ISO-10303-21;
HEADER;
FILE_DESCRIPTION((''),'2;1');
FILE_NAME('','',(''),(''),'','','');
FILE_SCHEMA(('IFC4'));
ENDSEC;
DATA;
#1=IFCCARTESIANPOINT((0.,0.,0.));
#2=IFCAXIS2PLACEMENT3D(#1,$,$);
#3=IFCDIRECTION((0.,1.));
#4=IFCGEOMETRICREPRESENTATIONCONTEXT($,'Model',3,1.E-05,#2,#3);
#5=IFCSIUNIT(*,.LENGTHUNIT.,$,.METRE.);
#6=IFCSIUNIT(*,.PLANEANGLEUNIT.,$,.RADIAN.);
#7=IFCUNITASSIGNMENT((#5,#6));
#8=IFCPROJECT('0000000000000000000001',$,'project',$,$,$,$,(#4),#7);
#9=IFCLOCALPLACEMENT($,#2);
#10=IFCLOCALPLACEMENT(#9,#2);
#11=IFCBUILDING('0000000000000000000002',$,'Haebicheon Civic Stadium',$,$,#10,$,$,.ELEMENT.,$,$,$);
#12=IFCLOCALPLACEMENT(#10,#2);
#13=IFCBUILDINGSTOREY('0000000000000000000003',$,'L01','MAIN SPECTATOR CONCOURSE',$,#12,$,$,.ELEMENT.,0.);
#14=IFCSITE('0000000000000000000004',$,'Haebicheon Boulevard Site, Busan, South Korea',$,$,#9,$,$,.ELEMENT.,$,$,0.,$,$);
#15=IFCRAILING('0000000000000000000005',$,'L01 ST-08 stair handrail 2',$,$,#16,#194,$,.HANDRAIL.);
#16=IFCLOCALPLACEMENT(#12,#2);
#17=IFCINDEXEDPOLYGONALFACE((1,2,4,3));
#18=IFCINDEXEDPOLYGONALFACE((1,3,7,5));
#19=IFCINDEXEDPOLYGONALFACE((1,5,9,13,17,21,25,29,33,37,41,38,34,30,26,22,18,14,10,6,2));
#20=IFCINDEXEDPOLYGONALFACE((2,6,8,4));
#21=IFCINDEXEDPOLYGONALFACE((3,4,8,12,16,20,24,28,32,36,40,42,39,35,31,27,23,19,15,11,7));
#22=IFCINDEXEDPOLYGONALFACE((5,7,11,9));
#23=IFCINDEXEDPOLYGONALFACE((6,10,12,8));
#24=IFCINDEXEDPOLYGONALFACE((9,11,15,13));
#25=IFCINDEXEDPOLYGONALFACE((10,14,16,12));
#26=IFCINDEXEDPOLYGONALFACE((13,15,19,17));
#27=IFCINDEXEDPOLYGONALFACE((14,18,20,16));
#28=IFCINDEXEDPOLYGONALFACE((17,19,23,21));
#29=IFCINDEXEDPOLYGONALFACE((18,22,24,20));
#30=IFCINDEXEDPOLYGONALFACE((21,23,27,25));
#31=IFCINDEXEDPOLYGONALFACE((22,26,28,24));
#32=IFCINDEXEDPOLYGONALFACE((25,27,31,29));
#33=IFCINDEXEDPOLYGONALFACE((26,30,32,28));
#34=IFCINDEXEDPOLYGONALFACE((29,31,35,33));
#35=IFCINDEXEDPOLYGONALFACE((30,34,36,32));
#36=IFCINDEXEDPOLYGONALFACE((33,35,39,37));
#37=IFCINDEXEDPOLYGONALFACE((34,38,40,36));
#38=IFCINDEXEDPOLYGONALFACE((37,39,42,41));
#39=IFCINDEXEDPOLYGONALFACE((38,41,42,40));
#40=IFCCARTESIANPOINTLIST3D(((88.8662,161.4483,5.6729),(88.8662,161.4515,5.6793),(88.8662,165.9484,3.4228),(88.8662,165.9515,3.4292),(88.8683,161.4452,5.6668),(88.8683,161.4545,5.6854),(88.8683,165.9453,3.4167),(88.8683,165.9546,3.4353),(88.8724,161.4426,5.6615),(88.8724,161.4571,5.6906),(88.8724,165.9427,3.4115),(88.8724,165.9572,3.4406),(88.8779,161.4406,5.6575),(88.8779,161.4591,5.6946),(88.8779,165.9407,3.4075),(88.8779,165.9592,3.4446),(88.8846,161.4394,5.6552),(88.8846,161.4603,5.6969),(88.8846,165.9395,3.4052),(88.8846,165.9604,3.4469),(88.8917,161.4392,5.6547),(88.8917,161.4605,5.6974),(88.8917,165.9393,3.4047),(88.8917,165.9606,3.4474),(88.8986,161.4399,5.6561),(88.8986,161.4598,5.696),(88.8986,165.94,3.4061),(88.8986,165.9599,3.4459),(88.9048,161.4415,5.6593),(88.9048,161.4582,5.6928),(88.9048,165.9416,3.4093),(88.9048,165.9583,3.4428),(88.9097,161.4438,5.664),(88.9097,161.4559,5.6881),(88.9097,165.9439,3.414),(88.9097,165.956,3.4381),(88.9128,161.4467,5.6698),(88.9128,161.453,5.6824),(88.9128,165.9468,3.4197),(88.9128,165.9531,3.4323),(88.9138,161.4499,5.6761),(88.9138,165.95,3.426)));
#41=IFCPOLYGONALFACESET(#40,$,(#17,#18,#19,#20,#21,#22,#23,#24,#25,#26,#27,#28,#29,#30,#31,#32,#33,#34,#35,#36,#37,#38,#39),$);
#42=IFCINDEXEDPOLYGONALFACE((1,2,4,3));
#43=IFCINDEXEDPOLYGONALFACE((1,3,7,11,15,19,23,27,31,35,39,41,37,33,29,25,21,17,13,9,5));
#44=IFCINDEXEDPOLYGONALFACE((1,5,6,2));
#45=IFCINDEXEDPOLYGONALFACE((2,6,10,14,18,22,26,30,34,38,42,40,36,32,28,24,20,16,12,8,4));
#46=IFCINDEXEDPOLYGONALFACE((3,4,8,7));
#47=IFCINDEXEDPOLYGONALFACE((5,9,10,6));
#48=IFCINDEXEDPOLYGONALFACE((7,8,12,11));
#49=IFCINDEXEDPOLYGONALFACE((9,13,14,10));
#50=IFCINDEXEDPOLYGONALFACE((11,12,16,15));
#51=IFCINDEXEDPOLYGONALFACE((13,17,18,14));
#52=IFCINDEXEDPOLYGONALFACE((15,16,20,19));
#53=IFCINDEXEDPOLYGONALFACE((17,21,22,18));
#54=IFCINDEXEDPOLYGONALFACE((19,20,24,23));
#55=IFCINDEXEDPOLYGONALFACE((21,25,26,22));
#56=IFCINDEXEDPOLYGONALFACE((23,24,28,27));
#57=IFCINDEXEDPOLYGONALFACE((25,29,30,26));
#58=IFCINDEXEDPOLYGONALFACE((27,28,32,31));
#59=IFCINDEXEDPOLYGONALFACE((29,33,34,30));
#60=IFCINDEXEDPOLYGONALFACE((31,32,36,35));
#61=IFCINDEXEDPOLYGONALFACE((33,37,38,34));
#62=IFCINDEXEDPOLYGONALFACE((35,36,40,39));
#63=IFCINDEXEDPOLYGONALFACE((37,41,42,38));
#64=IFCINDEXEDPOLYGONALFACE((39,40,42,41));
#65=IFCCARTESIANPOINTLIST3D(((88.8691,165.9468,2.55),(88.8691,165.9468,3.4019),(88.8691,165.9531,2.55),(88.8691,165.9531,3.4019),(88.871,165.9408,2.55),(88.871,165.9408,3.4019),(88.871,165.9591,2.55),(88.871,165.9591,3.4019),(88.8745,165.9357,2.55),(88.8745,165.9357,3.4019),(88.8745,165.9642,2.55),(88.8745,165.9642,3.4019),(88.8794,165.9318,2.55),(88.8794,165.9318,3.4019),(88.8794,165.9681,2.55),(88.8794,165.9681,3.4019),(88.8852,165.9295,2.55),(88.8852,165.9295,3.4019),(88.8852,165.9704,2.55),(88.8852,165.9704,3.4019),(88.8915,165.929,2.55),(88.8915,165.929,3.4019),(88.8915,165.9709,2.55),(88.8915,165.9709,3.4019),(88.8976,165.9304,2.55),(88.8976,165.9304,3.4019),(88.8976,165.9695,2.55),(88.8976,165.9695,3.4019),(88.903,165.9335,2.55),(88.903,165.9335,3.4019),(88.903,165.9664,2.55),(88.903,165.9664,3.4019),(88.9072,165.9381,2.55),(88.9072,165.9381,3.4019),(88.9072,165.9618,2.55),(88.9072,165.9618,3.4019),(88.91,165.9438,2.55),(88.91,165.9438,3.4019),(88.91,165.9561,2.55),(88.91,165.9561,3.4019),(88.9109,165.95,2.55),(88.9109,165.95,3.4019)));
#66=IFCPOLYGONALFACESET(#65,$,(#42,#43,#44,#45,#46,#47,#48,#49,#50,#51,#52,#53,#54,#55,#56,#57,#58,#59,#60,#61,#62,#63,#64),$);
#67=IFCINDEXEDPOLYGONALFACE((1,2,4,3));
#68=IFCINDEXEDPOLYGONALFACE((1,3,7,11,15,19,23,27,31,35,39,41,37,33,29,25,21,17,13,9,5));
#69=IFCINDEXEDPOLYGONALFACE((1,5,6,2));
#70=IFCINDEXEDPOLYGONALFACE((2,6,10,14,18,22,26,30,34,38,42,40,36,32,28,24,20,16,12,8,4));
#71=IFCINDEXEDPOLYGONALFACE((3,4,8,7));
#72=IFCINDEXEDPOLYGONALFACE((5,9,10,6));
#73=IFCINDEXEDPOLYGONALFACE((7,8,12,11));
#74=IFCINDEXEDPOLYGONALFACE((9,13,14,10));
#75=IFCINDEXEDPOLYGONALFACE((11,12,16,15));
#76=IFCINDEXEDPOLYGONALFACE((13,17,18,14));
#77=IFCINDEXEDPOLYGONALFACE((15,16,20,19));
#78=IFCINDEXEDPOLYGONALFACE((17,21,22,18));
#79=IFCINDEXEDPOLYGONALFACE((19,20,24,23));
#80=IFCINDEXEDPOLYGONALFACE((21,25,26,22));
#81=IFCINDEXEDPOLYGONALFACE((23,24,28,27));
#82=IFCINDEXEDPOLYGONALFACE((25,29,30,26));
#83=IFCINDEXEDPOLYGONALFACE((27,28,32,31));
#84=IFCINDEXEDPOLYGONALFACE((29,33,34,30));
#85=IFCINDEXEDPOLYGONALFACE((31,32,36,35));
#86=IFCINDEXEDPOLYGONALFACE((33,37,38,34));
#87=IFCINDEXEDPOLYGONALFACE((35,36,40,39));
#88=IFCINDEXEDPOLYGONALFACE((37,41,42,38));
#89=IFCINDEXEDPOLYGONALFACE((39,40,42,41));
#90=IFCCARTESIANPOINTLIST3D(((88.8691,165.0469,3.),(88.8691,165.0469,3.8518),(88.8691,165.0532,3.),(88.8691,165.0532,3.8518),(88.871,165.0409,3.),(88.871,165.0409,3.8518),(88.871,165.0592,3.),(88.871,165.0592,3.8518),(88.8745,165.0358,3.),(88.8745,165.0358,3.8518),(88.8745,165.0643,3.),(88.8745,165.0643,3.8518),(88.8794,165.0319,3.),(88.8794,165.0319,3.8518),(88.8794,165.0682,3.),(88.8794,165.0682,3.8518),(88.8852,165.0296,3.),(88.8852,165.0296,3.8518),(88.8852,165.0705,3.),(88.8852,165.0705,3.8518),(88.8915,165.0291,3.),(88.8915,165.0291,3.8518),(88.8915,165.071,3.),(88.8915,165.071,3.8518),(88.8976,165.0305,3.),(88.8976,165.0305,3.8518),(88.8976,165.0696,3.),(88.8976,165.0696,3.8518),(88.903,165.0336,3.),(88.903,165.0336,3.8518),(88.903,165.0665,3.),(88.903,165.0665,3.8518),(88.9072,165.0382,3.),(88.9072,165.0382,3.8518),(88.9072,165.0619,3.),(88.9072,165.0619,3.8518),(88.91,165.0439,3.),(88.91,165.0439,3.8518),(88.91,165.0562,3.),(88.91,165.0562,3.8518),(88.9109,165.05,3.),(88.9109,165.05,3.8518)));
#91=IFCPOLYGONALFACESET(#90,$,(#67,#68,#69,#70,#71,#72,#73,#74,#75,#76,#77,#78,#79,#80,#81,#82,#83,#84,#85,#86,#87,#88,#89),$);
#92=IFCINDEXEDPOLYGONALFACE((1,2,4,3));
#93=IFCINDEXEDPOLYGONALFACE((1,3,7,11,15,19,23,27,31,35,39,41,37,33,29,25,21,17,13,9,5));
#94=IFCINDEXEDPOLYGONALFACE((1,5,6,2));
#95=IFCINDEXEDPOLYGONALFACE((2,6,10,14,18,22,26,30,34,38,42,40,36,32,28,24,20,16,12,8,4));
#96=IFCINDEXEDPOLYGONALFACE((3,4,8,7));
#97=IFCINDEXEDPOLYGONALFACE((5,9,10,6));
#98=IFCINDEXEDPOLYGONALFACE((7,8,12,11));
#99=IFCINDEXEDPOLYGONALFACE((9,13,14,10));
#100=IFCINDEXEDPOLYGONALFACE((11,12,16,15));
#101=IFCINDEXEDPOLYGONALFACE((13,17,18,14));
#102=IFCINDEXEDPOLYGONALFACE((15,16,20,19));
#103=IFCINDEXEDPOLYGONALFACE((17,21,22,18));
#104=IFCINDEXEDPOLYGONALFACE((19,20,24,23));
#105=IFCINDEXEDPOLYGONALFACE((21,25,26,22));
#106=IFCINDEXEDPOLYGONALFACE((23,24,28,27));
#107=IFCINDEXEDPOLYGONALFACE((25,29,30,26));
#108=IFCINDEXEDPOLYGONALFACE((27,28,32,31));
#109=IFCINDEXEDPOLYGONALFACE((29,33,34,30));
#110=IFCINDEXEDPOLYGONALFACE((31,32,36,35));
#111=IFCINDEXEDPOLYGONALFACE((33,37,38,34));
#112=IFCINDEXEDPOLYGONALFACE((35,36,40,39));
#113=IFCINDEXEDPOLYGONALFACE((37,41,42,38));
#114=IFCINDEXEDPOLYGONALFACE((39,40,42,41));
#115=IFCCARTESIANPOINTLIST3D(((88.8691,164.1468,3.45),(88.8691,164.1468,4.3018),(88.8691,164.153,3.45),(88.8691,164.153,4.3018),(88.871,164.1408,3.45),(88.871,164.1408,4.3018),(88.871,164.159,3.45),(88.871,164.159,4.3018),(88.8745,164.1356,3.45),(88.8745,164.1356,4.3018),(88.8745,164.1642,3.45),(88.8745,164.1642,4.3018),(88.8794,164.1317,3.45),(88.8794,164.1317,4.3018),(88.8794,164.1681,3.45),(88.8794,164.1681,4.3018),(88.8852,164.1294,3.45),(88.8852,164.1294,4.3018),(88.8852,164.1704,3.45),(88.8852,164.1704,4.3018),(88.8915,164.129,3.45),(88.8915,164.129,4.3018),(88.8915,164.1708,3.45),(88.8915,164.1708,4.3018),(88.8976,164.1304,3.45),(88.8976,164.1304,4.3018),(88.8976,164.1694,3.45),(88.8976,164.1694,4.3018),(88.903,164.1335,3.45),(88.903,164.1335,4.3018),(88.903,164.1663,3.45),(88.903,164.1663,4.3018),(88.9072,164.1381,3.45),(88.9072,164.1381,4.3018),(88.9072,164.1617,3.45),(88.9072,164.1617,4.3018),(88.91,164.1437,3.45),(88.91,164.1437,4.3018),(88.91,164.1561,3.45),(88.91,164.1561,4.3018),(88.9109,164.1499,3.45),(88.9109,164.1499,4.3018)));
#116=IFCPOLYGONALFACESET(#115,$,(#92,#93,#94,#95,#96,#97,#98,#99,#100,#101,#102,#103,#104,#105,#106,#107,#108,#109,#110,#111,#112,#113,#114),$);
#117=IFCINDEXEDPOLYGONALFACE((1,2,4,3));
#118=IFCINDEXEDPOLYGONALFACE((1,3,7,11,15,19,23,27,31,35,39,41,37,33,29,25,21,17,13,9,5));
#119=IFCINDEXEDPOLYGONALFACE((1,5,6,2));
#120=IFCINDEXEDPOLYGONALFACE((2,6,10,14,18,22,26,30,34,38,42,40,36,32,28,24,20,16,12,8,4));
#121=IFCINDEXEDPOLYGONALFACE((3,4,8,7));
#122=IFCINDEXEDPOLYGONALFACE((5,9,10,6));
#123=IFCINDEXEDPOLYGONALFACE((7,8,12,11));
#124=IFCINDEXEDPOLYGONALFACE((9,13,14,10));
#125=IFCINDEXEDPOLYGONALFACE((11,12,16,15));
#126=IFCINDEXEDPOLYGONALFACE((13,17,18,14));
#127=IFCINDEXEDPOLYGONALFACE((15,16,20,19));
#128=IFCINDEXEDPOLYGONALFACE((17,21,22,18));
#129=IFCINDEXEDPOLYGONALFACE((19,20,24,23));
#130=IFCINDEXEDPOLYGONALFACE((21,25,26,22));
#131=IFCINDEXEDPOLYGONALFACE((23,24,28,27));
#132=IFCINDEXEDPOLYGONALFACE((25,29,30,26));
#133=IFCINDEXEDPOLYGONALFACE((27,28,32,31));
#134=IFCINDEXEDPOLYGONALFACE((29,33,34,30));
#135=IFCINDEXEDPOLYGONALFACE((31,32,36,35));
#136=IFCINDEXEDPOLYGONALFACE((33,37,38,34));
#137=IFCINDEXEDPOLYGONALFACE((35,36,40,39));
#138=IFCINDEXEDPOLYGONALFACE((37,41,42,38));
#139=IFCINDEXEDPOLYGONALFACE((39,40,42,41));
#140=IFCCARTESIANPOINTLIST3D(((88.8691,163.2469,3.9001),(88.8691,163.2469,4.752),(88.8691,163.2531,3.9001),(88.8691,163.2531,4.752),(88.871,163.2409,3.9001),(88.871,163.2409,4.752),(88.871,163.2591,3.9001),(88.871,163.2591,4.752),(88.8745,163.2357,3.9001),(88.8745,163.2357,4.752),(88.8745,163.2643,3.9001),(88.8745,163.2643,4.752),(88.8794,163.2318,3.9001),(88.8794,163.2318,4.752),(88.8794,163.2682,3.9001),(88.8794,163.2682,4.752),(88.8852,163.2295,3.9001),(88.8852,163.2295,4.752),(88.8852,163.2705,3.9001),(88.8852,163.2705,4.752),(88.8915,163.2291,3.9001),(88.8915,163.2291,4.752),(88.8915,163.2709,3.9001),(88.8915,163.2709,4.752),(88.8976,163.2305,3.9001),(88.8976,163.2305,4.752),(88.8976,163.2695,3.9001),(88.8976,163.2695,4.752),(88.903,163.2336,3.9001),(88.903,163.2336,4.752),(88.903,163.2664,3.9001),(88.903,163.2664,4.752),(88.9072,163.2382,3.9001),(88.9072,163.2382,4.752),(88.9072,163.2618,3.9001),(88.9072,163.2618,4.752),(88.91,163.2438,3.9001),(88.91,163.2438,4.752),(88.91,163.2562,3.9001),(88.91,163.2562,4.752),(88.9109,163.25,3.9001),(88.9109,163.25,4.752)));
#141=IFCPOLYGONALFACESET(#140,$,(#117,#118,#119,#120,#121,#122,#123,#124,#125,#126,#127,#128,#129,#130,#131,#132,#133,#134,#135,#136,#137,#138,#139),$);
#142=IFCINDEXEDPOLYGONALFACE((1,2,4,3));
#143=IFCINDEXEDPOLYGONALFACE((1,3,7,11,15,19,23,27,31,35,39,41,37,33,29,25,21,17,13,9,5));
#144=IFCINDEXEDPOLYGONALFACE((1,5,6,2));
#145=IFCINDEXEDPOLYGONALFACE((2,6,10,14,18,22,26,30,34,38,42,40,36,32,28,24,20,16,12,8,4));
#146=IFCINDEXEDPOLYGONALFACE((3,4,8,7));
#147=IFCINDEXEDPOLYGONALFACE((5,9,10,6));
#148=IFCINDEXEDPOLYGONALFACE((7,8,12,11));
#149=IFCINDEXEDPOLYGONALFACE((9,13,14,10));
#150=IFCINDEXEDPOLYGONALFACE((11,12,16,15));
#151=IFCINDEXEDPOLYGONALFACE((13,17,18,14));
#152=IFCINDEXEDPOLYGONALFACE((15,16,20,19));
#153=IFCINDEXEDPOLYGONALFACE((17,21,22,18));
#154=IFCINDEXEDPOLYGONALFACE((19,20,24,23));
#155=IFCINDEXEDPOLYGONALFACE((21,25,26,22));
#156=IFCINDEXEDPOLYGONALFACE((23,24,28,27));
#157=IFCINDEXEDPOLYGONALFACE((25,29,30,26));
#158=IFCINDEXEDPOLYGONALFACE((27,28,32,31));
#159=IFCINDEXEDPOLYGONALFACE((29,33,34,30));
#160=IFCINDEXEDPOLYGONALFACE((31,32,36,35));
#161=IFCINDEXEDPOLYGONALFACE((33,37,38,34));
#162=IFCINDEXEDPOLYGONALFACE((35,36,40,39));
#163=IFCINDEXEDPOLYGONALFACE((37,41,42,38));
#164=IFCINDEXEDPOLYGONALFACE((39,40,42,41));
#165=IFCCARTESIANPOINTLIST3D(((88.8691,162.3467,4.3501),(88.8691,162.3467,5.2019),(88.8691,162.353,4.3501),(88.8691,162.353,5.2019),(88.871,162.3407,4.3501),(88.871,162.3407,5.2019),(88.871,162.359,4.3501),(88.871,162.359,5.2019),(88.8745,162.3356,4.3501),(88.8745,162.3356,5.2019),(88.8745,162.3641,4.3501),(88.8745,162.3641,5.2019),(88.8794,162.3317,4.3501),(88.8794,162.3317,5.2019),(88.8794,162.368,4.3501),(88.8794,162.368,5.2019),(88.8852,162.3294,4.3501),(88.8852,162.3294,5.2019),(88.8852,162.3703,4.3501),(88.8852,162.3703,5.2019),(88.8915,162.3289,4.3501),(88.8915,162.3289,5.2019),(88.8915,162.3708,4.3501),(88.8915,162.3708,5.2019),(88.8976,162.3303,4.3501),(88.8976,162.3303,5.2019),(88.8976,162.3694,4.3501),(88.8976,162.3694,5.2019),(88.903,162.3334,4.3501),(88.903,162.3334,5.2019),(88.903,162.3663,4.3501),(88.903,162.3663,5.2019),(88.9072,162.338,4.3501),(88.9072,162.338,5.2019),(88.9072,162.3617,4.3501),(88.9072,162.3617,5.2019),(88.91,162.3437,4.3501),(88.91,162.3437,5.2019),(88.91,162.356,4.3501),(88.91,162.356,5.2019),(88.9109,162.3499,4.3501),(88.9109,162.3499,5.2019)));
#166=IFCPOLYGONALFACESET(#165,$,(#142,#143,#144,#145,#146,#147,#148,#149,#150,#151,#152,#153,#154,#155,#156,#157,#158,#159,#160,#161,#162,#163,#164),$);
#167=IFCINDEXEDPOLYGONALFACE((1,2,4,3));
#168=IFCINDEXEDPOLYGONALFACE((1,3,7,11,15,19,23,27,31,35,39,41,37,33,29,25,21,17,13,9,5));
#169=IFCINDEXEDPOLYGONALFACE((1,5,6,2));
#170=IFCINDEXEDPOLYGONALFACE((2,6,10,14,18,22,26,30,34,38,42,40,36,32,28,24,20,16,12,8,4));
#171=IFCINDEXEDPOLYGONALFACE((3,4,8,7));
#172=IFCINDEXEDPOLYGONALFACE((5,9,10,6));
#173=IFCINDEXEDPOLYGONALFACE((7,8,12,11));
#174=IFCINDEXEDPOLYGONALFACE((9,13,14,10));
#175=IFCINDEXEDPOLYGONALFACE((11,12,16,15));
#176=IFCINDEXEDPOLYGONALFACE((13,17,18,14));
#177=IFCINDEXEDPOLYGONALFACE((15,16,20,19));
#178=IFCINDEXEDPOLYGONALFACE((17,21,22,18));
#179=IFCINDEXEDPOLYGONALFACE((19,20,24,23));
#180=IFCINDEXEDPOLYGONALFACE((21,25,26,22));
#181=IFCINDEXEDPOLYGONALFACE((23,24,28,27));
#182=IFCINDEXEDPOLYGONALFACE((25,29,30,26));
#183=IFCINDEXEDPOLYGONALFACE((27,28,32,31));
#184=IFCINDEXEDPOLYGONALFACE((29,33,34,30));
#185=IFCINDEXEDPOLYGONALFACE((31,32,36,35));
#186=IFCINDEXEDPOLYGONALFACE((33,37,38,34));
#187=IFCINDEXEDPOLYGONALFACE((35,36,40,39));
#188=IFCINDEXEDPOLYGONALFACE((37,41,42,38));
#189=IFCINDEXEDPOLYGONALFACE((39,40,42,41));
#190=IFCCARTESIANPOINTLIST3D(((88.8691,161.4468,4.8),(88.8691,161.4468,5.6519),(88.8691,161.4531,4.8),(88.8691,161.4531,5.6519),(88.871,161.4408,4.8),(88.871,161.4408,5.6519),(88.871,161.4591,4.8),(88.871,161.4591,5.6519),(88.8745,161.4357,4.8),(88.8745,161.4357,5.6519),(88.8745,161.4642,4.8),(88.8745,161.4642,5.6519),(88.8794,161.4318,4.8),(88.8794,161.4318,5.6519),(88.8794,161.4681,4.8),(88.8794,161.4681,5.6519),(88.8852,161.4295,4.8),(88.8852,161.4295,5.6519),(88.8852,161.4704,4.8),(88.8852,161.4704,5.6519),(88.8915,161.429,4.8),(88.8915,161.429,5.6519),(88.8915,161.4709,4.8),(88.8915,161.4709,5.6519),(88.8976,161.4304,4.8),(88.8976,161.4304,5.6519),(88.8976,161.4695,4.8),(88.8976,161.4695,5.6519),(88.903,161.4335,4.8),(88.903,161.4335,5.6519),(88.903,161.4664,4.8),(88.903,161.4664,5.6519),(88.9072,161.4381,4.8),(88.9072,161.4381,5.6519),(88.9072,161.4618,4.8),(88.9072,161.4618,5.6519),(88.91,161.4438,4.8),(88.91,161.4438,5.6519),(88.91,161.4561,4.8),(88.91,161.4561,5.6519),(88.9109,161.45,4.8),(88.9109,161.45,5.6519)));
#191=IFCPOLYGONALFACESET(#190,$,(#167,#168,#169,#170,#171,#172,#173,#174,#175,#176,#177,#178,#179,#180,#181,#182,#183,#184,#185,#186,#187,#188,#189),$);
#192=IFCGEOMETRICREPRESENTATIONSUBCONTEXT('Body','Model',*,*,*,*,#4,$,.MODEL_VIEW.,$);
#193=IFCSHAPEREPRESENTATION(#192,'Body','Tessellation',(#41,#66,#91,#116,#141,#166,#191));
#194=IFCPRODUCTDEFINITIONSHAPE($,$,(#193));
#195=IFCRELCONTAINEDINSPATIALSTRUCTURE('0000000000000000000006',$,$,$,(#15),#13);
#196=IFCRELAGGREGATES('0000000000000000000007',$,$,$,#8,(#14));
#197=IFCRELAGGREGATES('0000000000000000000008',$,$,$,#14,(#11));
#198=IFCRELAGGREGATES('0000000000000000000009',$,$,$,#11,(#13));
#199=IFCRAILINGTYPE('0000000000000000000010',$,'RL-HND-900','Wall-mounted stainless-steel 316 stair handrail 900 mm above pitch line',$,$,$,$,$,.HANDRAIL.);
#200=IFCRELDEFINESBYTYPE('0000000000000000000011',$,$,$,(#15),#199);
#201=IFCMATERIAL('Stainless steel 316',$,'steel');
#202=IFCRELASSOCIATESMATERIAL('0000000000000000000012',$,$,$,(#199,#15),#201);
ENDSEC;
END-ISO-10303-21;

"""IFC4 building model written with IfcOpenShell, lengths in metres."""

from ifc_helpers import new_model, si_unit, direction, frame, origin, origin_2d, place, context, subcontext, project, spatial, circle, extrude, material, type_object, element, save


model = new_model("IFC4")

# Units and contexts
model_context = context("Model", 3, precision=1e-05, world=origin(), true_north=direction((0.0, 1.0)))
body_context = subcontext(model_context, "Body", "Model", "MODEL_VIEW")
ifc_project = project(units=[si_unit("LENGTHUNIT", "METRE"), si_unit("PLANEANGLEUNIT", "RADIAN")], contexts=[model_context])

# Site, building, storey
site_placement = place(None, origin())
site = spatial("IfcSite", under=ifc_project, at=site_placement, Name="Haebicheon Boulevard Site, Busan, South Korea", CompositionType="ELEMENT", RefElevation=0.0)
building_placement = place(site_placement, origin())
building = spatial("IfcBuilding", under=site, at=building_placement, Name="Haebicheon Civic Stadium", CompositionType="ELEMENT")
storey_placement = place(building_placement, origin())
storey = spatial("IfcBuildingStorey", under=building, at=storey_placement, Name="L01", Description="MAIN SPECTATOR CONCOURSE", CompositionType="ELEMENT", Elevation=0.0)

# Railing
ifc_material_1 = material(Name="Stainless steel 316", Category="steel")
railing_type_1 = type_object("IfcRailingType", Name="RL-HND-900", Description="Wall-mounted stainless-steel 316 stair handrail 900 mm above pitch line", PredefinedType="HANDRAIL", material=ifc_material_1)
railing_1_placement = place(storey_placement, frame((88.8899, 165.95, 2.55)))
element("IfcRailing", 1, at=railing_1_placement, inside=storey, type_object=railing_type_1, material=ifc_material_1, Name="L01 ST-08 stair handrail 2", PredefinedType="HANDRAIL", context=body_context, shape_type="SweptSolid", body=[
    extrude(circle(Radius=0.0239, at=origin_2d()), frame((0.0, 0.0, 0.876), z_axis=(0.0, -0.894427, 0.447214), x_axis=(1.0, 0.0, 0.0)), (0.0, 0.0, 1.0), 5.0312),
    extrude(circle(Radius=0.021, at=origin_2d()), origin(), (0.0, 0.0, 1.0), 0.8518),
    extrude(circle(Radius=0.021, at=origin_2d()), frame((0.0, -0.8999, 0.45)), (0.0, 0.0, 1.0), 0.8518),
    extrude(circle(Radius=0.021, at=origin_2d()), frame((0.0, -1.8, 0.8999)), (0.0, 0.0, 1.0), 0.8518),
    extrude(circle(Radius=0.021, at=origin_2d()), frame((0.0, -2.7, 1.3501)), (0.0, 0.0, 1.0), 0.8518),
    extrude(circle(Radius=0.021, at=origin_2d()), frame((0.0, -3.6001, 1.8)), (0.0, 0.0, 1.0), 0.8518),
    extrude(circle(Radius=0.021, at=origin_2d()), frame((0.0, -4.5, 2.25)), (0.0, 0.0, 1.0), 0.8518),
])

save(model, "model.ifc")
